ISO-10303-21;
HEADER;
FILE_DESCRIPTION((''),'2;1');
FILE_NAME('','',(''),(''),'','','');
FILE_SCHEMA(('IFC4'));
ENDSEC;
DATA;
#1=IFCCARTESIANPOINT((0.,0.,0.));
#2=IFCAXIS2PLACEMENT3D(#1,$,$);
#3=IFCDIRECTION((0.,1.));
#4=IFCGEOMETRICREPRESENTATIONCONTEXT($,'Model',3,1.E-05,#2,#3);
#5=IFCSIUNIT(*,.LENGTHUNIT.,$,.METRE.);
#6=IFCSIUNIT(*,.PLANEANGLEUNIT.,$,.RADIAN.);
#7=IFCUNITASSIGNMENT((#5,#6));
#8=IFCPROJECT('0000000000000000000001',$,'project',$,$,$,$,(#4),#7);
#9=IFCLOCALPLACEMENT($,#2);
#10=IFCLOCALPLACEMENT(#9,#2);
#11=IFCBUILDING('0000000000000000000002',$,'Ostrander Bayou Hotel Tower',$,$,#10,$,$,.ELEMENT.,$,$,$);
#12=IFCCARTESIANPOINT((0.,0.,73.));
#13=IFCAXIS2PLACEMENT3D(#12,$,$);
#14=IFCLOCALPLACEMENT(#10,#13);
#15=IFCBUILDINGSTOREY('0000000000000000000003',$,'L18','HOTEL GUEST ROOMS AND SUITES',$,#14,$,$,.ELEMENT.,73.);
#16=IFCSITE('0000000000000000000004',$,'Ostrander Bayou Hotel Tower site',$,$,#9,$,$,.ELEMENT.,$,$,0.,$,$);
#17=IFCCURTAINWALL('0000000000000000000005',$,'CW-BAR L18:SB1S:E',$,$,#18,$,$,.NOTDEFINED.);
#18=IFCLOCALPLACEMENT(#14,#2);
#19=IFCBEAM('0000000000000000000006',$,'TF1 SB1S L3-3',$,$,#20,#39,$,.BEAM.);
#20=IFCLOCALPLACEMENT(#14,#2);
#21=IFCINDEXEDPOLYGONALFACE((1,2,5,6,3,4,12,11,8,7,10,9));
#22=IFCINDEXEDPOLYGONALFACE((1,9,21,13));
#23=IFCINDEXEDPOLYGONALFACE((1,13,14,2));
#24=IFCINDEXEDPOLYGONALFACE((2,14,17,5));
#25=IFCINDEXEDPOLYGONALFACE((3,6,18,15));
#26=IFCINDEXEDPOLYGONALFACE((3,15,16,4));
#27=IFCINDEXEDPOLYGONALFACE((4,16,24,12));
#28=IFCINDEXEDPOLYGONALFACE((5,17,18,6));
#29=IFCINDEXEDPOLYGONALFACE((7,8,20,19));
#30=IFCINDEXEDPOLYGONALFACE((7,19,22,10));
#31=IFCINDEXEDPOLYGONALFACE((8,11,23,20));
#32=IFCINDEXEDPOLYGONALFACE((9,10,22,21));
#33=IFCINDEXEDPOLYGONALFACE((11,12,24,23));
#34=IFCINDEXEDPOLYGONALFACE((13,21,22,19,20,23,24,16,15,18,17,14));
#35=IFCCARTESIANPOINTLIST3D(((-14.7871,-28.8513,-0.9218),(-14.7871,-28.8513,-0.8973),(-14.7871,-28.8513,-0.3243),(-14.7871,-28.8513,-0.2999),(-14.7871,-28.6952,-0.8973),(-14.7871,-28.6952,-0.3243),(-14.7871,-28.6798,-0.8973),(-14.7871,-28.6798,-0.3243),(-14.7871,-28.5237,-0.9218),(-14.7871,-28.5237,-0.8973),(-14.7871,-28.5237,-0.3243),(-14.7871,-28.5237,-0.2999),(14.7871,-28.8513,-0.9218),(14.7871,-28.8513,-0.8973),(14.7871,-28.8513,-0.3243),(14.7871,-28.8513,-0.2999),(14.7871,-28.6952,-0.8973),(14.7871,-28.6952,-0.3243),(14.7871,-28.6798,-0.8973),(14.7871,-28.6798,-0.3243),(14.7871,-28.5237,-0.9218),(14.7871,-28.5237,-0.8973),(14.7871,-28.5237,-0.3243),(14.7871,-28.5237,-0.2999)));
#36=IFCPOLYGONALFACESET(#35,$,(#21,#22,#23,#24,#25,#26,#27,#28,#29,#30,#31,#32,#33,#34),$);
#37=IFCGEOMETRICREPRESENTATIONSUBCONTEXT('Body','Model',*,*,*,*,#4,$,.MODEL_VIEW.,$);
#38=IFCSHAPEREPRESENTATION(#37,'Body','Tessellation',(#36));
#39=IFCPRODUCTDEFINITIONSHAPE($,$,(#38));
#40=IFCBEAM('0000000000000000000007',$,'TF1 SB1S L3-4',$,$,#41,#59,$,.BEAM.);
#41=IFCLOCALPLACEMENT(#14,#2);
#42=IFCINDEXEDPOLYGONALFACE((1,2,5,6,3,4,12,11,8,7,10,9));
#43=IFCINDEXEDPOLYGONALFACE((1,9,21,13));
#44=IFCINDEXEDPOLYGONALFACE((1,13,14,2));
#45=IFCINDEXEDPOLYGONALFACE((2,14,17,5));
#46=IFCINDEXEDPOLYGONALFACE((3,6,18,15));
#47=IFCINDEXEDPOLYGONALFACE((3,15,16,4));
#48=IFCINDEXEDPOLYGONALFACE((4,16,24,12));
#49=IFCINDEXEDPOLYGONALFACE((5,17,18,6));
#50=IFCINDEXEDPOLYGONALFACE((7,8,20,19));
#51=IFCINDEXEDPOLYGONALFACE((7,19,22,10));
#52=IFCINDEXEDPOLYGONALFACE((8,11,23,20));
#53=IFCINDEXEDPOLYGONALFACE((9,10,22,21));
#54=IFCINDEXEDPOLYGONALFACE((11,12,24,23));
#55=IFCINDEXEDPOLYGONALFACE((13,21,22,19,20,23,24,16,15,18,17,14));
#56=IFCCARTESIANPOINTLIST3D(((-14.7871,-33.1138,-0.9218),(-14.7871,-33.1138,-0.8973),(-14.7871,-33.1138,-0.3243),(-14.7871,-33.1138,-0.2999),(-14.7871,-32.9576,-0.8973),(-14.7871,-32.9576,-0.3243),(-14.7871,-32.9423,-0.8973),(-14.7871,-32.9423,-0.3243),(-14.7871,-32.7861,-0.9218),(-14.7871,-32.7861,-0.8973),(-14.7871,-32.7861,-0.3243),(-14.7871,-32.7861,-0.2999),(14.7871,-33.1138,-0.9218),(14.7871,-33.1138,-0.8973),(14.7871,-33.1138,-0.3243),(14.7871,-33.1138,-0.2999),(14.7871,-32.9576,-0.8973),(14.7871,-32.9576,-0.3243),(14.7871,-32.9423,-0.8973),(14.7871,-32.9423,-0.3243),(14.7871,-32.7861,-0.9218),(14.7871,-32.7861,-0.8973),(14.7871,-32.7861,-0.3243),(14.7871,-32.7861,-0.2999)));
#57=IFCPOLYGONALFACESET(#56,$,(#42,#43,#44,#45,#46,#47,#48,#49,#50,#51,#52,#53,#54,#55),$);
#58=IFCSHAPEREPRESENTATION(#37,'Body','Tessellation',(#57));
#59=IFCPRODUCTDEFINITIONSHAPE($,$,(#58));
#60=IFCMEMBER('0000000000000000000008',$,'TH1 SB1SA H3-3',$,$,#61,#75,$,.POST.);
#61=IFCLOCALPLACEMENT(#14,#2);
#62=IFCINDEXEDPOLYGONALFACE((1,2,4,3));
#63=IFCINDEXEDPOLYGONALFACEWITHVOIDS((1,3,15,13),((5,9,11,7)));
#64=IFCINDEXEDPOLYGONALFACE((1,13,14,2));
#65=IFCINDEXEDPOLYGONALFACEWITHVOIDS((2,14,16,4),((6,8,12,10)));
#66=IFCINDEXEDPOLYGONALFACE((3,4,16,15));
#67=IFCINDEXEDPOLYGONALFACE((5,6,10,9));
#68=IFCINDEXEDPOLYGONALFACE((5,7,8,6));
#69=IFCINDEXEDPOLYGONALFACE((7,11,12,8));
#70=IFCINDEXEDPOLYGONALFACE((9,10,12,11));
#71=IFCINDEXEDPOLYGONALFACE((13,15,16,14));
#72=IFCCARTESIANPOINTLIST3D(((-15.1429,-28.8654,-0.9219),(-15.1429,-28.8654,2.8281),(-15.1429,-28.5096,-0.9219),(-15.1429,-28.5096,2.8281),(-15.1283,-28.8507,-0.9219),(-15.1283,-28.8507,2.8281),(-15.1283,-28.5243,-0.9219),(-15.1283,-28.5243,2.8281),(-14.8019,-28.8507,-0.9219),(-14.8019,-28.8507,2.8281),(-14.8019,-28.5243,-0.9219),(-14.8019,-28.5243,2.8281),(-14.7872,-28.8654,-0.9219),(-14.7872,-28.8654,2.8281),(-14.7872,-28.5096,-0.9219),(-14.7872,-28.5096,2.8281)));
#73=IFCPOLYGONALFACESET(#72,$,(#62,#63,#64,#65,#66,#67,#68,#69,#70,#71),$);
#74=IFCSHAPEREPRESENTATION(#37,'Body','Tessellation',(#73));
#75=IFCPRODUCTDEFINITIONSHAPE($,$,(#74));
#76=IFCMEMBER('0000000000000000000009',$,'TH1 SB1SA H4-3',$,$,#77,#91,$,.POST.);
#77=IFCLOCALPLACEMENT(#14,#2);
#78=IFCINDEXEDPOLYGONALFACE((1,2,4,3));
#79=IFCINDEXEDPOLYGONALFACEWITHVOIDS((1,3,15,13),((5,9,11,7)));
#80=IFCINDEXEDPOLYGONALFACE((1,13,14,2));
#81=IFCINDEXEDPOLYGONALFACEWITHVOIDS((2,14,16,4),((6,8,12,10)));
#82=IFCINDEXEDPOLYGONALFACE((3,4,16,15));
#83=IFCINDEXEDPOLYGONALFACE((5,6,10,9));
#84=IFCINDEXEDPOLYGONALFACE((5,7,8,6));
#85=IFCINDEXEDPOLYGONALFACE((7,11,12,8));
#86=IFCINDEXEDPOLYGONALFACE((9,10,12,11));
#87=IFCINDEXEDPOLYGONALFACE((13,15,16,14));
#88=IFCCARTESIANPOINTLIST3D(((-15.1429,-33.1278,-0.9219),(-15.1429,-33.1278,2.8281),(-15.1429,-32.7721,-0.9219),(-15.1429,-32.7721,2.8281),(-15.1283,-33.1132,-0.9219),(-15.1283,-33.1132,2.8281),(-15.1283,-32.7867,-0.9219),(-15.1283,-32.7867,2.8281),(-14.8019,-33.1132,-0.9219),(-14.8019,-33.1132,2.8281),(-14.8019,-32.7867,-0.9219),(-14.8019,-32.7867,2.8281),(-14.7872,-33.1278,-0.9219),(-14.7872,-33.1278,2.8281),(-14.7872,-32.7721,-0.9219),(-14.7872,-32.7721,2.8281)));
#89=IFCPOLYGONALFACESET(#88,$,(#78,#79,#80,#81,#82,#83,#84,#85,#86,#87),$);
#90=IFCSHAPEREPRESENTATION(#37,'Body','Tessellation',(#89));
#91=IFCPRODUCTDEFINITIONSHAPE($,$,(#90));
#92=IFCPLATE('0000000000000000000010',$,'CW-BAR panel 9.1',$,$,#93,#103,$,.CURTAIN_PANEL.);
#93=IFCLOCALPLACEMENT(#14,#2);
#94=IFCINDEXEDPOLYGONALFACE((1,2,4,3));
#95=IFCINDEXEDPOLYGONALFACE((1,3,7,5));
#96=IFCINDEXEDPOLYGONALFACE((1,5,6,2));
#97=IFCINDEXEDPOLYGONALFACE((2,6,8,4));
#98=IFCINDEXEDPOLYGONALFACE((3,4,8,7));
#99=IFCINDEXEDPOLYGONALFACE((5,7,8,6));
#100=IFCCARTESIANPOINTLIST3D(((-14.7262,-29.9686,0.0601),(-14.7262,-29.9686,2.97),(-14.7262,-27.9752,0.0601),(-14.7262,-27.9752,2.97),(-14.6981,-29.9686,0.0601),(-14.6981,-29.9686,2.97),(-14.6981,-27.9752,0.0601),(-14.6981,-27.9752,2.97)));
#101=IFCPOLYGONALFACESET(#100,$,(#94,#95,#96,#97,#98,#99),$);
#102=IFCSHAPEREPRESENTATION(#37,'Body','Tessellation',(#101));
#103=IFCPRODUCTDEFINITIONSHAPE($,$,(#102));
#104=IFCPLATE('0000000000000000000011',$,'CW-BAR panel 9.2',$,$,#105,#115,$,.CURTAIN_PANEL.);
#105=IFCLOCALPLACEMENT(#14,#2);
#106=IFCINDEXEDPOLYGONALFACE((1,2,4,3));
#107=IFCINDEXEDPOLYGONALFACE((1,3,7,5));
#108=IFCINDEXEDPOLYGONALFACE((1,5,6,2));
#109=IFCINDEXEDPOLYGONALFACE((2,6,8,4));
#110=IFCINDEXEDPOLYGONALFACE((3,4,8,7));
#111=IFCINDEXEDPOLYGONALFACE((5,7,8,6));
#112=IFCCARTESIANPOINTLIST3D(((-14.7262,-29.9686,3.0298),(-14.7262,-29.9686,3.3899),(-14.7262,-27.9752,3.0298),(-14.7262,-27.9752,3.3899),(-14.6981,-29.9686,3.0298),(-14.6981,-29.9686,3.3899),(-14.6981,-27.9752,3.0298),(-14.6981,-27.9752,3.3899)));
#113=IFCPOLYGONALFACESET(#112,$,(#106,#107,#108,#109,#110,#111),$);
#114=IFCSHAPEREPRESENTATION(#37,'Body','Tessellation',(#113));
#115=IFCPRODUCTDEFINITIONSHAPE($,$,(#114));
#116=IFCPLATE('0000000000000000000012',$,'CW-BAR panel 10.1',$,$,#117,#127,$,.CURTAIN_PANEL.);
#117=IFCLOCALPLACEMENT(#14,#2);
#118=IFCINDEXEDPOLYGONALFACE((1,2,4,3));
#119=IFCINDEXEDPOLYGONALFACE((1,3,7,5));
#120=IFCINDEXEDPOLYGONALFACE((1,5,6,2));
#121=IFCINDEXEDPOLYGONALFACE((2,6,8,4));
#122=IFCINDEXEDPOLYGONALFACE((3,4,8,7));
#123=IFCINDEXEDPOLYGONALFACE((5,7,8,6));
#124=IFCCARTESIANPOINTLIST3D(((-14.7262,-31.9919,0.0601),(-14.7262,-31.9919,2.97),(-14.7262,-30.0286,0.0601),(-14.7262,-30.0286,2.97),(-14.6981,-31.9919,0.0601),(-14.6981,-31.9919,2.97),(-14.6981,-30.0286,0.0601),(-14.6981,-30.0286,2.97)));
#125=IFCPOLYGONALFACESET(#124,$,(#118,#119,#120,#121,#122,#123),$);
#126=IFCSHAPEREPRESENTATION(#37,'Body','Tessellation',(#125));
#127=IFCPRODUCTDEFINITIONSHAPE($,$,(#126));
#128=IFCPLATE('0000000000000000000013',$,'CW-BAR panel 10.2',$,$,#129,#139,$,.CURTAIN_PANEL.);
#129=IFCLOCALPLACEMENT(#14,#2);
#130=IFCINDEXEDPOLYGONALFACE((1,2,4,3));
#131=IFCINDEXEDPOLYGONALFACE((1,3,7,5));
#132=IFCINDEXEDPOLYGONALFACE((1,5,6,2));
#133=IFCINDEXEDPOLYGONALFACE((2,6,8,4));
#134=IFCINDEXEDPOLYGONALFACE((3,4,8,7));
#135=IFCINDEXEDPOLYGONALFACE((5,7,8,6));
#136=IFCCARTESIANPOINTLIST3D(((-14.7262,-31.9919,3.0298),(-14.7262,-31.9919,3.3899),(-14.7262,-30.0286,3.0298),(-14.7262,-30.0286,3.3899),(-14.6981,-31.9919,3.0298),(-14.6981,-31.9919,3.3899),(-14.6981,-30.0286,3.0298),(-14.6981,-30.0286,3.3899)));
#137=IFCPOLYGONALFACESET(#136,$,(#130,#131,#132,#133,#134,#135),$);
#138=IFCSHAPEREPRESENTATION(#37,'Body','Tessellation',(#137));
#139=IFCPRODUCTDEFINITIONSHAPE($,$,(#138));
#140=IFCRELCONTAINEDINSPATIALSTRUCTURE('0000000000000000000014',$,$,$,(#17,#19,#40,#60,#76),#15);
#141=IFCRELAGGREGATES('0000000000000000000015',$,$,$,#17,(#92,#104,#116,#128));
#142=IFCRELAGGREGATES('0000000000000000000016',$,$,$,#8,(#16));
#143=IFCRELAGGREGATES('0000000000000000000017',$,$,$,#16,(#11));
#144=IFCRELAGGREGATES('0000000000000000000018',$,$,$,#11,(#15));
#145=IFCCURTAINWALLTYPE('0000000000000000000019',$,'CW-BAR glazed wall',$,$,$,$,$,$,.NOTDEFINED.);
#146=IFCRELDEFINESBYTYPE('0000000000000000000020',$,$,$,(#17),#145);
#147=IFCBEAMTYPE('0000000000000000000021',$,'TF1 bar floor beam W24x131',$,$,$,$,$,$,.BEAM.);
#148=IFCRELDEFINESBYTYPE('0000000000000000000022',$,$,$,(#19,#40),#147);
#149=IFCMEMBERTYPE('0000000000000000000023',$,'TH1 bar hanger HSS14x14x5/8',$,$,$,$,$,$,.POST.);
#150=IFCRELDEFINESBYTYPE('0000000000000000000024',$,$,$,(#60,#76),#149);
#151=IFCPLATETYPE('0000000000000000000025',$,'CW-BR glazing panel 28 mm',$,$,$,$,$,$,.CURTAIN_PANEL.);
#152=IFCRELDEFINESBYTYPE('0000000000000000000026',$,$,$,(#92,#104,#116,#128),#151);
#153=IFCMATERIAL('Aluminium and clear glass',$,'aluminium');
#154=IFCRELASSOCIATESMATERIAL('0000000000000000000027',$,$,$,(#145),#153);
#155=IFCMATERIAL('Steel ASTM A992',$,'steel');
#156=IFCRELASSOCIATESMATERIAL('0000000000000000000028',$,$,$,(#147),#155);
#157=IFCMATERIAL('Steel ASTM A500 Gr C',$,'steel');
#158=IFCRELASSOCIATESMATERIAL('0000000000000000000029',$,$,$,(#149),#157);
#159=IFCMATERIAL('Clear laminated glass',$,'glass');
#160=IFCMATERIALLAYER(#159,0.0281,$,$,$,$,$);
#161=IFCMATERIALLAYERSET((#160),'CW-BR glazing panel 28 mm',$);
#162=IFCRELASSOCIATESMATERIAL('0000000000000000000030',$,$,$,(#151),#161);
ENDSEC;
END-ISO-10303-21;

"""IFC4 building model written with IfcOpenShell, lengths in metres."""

from ifc_helpers import new_model, si_unit, direction, frame, origin, origin_2d, place, context, subcontext, project, spatial, rectangle, hollow_rectangle, i_section, extrude, material, layer, layer_set, material_profile, profile_set, type_object, element, aggregate, save


model = new_model("IFC4")

# Units and contexts
model_context = context("Model", 3, precision=1e-05, world=origin(), true_north=direction((0.0, 1.0)))
body_context = subcontext(model_context, "Body", "Model", "MODEL_VIEW")
ifc_project = project(units=[si_unit("LENGTHUNIT", "METRE"), si_unit("PLANEANGLEUNIT", "RADIAN")], contexts=[model_context])

# Site, building, storey
site_placement = place(None, origin())
site = spatial("IfcSite", under=ifc_project, at=site_placement, Name="Ostrander Bayou Hotel Tower site", CompositionType="ELEMENT", RefElevation=0.0)
building_placement = place(site_placement, origin())
building = spatial("IfcBuilding", under=site, at=building_placement, Name="Ostrander Bayou Hotel Tower", CompositionType="ELEMENT")
storey_placement = place(building_placement, frame((0.0, 0.0, 73.0)))
storey = spatial("IfcBuildingStorey", under=building, at=storey_placement, Name="L18", Description="HOTEL GUEST ROOMS AND SUITES", CompositionType="ELEMENT", Elevation=73.0)

# Curtain wall
ifc_material_1 = material(Name="Aluminium and clear glass", Category="aluminium")
curtain_wall_type = type_object("IfcCurtainWallType", Name="CW-BAR glazed wall", PredefinedType="NOTDEFINED", material=ifc_material_1)
curtain_wall_1_placement = place(storey_placement, origin())
curtain_wall_1 = element("IfcCurtainWall", 1, at=curtain_wall_1_placement, inside=storey, type_object=curtain_wall_type, Name="CW-BAR L18:SB1S:E", PredefinedType="NOTDEFINED")

# Beams
ifc_material_2 = material(Name="Steel ASTM A992", Category="steel")
ifc_material_profile_1 = material_profile(ifc_material_2, i_section(OverallWidth=0.3276, OverallDepth=0.6218, WebThickness=0.0154, FlangeThickness=0.0244, at=origin_2d()))
ifc_profile_set_1 = profile_set([ifc_material_profile_1], Name="Steel ASTM A992")
beam_type = type_object("IfcBeamType", Name="TF1 bar floor beam W24x131", PredefinedType="BEAM", material=ifc_profile_set_1)
for number, where, z_axis, x_axis, name in (
    (2, (-14.7871, -28.6875, -0.6108), (1.0, 0.0, 0.0), (0.0, 1.0, 0.0), "TF1 SB1S L3-3"),
    (3, (-14.7871, -32.95, -0.6108), (1.0, 0.0, 0.0), (0.0, 1.0, 0.0), "TF1 SB1S L3-4"),
):
    element("IfcBeam", number, at=place(storey_placement, frame(where, z_axis=z_axis, x_axis=x_axis)), inside=storey, type_object=beam_type, Name=name, PredefinedType="BEAM", context=body_context, shape_type="SweptSolid", body=[
        extrude(i_section(OverallWidth=0.3276, OverallDepth=0.6218, WebThickness=0.0154, FlangeThickness=0.0244, at=origin_2d()), origin(), (0.0, 0.0, 1.0), 29.5742),
    ])

# Members
ifc_material_3 = material(Name="Steel ASTM A500 Gr C", Category="steel")
ifc_material_profile_2 = material_profile(ifc_material_3, hollow_rectangle(XDim=0.3557, YDim=0.3557, WallThickness=0.0146, at=origin_2d()))
ifc_profile_set_2 = profile_set([ifc_material_profile_2], Name="Steel ASTM A500 Gr C")
member_type_1 = type_object("IfcMemberType", Name="TH1 bar hanger HSS14x14x5/8", PredefinedType="POST", material=ifc_profile_set_2)
for number, where, z_axis, x_axis, name in (
    (4, (-14.9651, -28.6875, -0.9219), (0.0, 0.0, 1.0), (1.0, 0.0, 0.0), "TH1 SB1SA H3-3"),
    (5, (-14.9651, -32.95, -0.9219), (0.0, 0.0, 1.0), (1.0, 0.0, 0.0), "TH1 SB1SA H4-3"),
):
    element("IfcMember", number, at=place(storey_placement, frame(where, z_axis=z_axis, x_axis=x_axis)), inside=storey, type_object=member_type_1, Name=name, PredefinedType="POST", context=body_context, shape_type="SweptSolid", body=[
        extrude(hollow_rectangle(XDim=0.3557, YDim=0.3557, WallThickness=0.0146, at=origin_2d()), origin(), (0.0, 0.0, 1.0), 3.75),
    ])

# Plates
ifc_material_4 = material(Name="Clear laminated glass", Category="glass")
ifc_layer = layer(ifc_material_4, 0.0281)
ifc_layer_set = layer_set([ifc_layer], Name="CW-BR glazing panel 28 mm")
plate_type = type_object("IfcPlateType", Name="CW-BR glazing panel 28 mm", PredefinedType="CURTAIN_PANEL", material=ifc_layer_set)
plate_1_placement = place(storey_placement, frame((-14.7122, -28.9719, 0.0601), z_axis=(0.0, 0.0, 1.0), x_axis=(0.0, -1.0, 0.0)))
plate_1 = element("IfcPlate", 6, at=plate_1_placement, type_object=plate_type, Name="CW-BAR panel 9.1", PredefinedType="CURTAIN_PANEL", context=body_context, shape_type="SweptSolid", body=[
    extrude(rectangle(XDim=1.9934, YDim=0.0281, at=origin_2d()), origin(), (0.0, 0.0, 1.0), 2.9099),
])
plate_2_placement = place(storey_placement, frame((-14.7122, -28.9719, 3.0298), z_axis=(0.0, 0.0, 1.0), x_axis=(0.0, -1.0, 0.0)))
plate_2 = element("IfcPlate", 7, at=plate_2_placement, type_object=plate_type, Name="CW-BAR panel 9.2", PredefinedType="CURTAIN_PANEL", context=body_context, shape_type="SweptSolid", body=[
    extrude(rectangle(XDim=1.9934, YDim=0.0281, at=origin_2d()), origin(), (0.0, 0.0, 1.0), 0.3601),
])
plate_3_placement = place(storey_placement, frame((-14.7122, -31.0103, 0.0601), z_axis=(0.0, 0.0, 1.0), x_axis=(0.0, -1.0, 0.0)))
plate_3 = element("IfcPlate", 8, at=plate_3_placement, type_object=plate_type, Name="CW-BAR panel 10.1", PredefinedType="CURTAIN_PANEL", context=body_context, shape_type="SweptSolid", body=[
    extrude(rectangle(XDim=1.9634, YDim=0.0281, at=origin_2d()), origin(), (0.0, 0.0, 1.0), 2.9099),
])
plate_4_placement = place(storey_placement, frame((-14.7122, -31.0103, 3.0298), z_axis=(0.0, 0.0, 1.0), x_axis=(0.0, -1.0, 0.0)))
plate_4 = element("IfcPlate", 9, at=plate_4_placement, type_object=plate_type, Name="CW-BAR panel 10.2", PredefinedType="CURTAIN_PANEL", context=body_context, shape_type="SweptSolid", body=[
    extrude(rectangle(XDim=1.9634, YDim=0.0281, at=origin_2d()), origin(), (0.0, 0.0, 1.0), 0.3601),
])
aggregate(curtain_wall_1, [plate_1, plate_2, plate_3, plate_4])

save(model, "model.ifc")
